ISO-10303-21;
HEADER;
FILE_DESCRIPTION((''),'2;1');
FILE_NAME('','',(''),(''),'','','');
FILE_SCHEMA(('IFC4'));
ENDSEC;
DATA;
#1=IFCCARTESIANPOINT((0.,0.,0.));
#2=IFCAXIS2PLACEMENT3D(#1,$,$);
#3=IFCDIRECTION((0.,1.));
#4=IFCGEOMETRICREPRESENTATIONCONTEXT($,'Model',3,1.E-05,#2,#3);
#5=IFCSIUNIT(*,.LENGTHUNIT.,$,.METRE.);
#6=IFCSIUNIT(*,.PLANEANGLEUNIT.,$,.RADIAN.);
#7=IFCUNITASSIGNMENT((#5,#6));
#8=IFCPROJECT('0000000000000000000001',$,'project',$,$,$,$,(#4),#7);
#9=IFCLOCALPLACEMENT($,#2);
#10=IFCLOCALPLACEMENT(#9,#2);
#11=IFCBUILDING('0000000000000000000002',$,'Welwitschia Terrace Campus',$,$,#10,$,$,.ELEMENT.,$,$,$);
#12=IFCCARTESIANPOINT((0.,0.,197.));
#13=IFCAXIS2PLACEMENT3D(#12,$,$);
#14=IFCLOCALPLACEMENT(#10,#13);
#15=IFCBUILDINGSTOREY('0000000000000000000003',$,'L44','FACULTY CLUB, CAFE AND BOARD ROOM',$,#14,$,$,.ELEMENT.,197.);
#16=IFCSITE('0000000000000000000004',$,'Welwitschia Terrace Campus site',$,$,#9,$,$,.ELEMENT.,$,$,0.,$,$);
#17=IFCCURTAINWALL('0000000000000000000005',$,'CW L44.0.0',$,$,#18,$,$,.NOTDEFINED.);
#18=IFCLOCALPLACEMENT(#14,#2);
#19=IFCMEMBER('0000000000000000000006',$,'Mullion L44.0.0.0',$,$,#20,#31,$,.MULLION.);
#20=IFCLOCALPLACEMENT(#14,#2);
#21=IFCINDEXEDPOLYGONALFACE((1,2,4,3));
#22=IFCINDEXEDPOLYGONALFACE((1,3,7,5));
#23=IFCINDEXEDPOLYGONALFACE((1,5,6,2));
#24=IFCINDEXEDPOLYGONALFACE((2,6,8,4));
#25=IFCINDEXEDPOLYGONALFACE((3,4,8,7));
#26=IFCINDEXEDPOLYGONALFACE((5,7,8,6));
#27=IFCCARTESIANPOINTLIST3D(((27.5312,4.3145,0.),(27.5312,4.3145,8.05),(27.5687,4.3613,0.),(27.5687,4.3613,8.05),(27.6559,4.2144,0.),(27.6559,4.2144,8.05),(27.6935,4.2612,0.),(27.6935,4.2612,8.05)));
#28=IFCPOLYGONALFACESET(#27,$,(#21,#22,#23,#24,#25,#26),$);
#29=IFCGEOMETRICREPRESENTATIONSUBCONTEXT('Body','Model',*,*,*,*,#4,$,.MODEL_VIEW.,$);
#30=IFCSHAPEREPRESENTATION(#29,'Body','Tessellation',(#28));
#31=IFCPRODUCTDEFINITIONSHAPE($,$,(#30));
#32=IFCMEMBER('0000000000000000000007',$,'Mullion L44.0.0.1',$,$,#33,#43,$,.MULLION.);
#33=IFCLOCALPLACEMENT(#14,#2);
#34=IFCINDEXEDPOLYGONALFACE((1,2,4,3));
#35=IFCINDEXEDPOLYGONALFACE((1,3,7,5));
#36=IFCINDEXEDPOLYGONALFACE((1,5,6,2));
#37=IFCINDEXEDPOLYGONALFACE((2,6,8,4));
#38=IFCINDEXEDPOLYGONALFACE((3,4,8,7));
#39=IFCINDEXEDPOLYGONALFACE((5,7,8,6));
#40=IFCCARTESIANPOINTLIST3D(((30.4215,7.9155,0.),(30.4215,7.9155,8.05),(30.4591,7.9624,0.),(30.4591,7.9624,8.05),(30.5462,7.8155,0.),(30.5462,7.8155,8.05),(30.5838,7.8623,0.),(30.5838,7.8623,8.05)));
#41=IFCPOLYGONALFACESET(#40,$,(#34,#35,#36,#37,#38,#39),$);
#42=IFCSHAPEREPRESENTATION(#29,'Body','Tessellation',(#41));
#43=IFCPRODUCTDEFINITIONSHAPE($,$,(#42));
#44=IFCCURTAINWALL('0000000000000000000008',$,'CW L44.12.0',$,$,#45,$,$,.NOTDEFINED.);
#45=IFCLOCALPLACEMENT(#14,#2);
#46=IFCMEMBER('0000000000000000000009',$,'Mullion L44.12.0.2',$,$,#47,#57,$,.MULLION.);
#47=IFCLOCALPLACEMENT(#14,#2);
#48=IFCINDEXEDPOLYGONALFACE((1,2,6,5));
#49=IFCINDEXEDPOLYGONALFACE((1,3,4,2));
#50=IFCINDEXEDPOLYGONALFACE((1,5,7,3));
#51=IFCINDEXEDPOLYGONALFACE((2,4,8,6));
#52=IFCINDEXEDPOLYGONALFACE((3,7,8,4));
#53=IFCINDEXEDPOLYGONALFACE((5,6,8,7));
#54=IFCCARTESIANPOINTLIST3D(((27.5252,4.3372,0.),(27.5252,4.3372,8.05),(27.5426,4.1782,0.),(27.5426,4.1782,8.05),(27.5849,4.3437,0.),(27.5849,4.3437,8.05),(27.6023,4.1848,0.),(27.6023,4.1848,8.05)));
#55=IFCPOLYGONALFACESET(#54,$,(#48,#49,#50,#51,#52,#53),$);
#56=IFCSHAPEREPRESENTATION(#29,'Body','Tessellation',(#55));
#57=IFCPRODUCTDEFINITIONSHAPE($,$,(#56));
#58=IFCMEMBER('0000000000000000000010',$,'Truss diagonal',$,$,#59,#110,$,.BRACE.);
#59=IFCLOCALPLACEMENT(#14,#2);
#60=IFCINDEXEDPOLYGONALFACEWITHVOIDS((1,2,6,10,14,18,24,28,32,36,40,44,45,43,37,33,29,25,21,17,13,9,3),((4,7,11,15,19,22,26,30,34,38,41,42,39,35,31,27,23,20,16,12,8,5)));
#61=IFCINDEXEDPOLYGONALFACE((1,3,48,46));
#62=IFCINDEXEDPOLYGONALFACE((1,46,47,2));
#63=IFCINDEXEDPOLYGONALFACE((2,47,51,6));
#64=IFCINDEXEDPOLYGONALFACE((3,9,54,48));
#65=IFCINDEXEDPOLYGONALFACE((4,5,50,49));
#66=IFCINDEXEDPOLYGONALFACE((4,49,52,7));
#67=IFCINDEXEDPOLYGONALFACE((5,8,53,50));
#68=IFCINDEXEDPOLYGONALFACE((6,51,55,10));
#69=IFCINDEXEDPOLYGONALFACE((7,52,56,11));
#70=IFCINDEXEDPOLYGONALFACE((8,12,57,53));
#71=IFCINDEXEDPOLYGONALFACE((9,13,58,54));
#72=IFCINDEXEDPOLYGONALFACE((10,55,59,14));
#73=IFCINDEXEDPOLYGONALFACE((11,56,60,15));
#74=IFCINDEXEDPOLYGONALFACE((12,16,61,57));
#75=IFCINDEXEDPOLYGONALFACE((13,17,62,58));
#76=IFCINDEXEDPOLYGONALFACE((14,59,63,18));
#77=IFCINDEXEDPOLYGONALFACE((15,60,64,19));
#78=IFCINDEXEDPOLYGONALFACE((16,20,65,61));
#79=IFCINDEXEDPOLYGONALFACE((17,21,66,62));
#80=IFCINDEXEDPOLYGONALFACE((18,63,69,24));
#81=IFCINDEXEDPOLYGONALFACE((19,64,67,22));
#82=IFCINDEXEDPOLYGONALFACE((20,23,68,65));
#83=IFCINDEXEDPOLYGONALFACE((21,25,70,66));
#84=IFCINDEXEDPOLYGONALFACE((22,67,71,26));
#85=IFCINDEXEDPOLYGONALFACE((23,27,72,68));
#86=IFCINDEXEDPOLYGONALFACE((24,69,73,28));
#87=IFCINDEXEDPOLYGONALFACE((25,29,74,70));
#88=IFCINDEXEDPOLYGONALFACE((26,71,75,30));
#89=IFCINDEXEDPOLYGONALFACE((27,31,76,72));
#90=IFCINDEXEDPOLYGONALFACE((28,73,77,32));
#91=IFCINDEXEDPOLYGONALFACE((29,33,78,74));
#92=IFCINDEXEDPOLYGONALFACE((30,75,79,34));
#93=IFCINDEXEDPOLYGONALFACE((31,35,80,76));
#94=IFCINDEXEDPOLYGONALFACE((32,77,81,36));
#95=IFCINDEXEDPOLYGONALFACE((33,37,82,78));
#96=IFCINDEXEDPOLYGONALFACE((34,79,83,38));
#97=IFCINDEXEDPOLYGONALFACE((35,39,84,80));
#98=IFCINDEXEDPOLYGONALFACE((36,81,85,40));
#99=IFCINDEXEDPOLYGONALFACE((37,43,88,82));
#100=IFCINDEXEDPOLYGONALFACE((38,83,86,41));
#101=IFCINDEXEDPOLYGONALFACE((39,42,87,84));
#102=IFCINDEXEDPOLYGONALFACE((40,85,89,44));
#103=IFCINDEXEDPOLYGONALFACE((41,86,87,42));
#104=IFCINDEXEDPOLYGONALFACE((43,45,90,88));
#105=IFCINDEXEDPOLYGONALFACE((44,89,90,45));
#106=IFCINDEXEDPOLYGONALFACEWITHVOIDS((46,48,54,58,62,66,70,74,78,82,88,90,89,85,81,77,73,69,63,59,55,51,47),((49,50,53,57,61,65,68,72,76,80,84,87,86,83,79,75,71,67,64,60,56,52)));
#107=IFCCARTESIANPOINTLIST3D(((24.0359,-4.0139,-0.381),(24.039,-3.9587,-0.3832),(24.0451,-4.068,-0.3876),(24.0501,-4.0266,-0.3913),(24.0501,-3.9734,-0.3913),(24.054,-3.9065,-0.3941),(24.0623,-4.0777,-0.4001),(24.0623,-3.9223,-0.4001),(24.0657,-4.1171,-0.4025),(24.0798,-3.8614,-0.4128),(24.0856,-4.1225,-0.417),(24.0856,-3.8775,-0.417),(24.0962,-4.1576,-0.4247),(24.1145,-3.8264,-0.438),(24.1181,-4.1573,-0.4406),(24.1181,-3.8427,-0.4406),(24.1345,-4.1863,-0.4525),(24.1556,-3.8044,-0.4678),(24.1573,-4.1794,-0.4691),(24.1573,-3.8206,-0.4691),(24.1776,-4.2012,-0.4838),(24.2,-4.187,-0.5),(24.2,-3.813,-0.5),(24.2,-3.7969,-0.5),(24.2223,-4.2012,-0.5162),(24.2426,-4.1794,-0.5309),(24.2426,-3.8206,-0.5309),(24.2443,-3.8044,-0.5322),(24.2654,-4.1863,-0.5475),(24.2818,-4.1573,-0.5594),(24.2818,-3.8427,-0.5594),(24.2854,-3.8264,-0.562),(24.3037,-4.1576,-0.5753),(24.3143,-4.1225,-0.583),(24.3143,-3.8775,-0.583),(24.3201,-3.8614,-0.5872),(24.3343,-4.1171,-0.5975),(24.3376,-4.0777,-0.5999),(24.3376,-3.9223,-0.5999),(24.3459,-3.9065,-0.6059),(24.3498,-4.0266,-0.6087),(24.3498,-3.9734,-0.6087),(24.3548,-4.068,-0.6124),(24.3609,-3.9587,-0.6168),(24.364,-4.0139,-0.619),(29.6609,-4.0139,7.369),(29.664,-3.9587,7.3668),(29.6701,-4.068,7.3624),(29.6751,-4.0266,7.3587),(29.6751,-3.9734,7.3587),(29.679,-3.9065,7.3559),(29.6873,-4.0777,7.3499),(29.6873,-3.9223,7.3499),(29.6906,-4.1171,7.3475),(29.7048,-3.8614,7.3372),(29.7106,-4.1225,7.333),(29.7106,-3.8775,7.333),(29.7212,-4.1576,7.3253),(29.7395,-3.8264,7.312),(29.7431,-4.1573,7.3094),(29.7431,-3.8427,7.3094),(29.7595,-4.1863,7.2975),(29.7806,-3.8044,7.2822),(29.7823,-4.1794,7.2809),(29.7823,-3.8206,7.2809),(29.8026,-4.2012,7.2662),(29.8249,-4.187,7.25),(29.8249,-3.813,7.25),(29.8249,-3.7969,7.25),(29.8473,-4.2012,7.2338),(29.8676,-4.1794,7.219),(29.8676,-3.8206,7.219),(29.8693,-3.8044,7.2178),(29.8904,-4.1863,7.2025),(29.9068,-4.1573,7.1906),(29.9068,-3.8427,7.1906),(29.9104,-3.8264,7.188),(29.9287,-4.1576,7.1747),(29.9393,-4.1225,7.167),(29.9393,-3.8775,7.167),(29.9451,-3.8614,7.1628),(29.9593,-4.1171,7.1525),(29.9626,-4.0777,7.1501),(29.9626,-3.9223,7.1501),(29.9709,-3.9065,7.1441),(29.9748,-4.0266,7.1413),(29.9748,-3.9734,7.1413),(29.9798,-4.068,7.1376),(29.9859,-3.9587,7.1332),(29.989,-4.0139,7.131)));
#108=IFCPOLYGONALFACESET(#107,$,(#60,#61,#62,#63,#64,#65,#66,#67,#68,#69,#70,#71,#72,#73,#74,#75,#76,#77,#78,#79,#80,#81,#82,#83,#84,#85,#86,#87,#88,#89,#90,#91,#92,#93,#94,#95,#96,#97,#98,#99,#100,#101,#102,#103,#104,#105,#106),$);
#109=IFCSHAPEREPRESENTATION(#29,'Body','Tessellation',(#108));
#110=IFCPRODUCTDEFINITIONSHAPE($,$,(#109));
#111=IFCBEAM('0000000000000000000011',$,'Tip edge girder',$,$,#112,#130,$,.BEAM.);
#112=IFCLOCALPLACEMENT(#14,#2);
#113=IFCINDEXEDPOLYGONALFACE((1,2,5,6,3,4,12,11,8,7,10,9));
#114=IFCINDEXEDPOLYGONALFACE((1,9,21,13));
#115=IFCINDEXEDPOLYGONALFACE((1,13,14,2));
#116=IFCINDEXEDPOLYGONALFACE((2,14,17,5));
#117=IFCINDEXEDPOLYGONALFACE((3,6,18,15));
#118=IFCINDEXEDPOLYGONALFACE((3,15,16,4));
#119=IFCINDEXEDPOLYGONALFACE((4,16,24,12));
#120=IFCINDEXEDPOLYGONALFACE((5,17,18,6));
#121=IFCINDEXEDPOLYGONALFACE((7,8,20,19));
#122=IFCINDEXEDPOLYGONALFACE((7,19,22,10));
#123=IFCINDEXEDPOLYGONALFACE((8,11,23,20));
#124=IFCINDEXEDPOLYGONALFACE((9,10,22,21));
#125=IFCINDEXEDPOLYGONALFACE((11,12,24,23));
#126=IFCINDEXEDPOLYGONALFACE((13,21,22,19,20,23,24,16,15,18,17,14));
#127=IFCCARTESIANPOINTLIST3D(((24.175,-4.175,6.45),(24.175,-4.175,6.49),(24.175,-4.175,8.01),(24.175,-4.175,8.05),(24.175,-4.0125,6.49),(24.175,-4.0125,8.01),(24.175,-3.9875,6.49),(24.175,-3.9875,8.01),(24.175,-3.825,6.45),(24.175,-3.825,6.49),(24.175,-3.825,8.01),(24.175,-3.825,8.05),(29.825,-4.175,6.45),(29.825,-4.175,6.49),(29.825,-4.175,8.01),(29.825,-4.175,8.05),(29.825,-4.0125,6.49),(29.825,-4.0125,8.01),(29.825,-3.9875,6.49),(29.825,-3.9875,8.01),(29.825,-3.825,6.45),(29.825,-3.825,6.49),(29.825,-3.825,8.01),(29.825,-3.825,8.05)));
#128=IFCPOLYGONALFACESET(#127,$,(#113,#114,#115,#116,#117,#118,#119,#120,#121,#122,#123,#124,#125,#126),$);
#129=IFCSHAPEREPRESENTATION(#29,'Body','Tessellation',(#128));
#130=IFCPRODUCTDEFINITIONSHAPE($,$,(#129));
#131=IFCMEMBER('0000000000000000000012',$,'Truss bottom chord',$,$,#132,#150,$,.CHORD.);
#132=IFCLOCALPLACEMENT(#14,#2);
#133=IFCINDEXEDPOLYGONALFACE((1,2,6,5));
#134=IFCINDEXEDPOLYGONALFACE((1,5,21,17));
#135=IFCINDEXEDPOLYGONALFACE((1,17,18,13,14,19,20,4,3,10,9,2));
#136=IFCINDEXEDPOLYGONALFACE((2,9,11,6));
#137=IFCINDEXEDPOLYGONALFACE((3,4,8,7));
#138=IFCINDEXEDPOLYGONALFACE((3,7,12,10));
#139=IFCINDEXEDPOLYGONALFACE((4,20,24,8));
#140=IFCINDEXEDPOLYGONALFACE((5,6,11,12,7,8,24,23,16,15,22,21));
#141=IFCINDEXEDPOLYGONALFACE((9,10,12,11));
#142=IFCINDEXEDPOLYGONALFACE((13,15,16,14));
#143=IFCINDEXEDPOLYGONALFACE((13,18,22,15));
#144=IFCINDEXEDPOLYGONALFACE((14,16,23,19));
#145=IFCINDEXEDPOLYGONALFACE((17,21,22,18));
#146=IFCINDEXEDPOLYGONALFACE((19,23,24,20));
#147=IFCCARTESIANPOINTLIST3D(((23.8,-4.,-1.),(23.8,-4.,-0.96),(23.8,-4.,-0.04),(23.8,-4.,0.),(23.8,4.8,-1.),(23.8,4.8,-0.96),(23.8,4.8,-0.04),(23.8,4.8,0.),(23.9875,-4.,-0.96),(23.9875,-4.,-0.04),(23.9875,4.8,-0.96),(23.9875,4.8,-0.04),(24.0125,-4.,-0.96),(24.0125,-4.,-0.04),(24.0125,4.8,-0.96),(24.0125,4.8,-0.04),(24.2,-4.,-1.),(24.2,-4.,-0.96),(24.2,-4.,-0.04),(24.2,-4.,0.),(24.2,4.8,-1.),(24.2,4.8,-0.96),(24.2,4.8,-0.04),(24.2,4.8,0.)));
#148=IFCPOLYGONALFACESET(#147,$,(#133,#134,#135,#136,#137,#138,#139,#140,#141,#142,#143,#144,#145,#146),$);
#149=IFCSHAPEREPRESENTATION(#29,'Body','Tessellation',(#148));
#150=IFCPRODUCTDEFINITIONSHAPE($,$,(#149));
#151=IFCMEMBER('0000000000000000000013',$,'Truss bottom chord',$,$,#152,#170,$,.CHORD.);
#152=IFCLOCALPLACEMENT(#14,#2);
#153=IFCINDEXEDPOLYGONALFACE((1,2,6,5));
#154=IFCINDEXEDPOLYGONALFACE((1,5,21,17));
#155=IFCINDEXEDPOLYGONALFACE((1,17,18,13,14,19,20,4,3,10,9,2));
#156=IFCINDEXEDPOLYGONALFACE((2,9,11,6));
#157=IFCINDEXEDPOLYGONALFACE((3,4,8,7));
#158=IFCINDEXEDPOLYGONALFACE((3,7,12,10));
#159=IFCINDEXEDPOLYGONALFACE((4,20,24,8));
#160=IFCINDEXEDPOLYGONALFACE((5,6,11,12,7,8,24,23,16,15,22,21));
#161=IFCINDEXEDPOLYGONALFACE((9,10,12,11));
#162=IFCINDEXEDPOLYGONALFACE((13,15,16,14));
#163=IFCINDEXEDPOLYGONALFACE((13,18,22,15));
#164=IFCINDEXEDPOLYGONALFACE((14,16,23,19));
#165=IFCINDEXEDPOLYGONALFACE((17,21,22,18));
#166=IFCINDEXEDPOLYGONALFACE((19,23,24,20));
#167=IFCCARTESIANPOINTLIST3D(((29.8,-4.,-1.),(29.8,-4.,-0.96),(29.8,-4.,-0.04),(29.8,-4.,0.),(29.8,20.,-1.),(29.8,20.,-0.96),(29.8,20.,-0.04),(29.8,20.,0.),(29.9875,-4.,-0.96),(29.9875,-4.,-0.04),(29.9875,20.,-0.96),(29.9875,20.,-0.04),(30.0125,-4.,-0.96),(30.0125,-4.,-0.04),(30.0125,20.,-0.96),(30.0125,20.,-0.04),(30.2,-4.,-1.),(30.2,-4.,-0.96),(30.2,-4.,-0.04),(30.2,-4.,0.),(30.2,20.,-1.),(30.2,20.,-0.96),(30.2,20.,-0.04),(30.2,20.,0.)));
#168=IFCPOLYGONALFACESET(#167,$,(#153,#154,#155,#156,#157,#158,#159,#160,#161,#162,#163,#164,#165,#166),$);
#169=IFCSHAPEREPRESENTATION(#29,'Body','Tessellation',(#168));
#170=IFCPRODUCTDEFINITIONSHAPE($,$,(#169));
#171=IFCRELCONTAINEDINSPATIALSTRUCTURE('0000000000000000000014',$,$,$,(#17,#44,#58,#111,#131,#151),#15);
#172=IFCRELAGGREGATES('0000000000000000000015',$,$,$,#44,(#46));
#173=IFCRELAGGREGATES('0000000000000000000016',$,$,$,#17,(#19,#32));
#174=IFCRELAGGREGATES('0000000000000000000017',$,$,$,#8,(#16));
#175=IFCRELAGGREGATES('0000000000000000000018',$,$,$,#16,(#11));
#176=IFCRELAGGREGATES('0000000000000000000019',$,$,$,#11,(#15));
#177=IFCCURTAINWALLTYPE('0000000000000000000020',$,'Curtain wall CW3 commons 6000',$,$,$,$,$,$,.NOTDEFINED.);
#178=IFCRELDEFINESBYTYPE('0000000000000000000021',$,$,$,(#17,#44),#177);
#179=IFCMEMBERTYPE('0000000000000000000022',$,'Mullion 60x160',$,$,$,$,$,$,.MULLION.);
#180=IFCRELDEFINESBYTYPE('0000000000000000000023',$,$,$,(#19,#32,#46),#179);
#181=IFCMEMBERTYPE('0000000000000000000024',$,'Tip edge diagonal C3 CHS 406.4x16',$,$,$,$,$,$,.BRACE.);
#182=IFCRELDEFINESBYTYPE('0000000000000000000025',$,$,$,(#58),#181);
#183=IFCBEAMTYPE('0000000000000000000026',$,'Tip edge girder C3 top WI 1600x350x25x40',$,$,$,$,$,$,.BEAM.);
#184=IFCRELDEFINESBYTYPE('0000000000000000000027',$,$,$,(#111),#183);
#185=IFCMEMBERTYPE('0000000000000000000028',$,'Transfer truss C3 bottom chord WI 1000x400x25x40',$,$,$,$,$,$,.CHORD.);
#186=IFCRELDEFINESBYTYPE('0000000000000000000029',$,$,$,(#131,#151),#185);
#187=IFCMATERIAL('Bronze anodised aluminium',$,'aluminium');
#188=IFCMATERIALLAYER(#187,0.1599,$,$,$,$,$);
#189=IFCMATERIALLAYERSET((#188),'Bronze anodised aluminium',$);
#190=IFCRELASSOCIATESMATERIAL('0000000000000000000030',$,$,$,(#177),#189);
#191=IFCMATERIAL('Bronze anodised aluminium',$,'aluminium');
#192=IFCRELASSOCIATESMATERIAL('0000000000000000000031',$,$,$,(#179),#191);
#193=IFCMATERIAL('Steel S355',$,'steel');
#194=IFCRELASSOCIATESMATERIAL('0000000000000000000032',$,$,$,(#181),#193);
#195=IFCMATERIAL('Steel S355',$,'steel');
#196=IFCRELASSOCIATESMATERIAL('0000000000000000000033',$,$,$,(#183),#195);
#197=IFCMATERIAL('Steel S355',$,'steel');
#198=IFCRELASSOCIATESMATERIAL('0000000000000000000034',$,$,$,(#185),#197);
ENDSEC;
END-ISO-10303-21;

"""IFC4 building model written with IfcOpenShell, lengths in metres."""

from ifc_helpers import new_model, si_unit, direction, frame, origin, origin_2d, place, context, subcontext, project, spatial, rectangle, hollow_circle, i_section, extrude, material, layer, layer_set, material_profile, profile_set, type_object, element, aggregate, save


model = new_model("IFC4")

# Units and contexts
model_context = context("Model", 3, precision=1e-05, world=origin(), true_north=direction((0.0, 1.0)))
body_context = subcontext(model_context, "Body", "Model", "MODEL_VIEW")
ifc_project = project(units=[si_unit("LENGTHUNIT", "METRE"), si_unit("PLANEANGLEUNIT", "RADIAN")], contexts=[model_context])

# Site, building, storey
site_placement = place(None, origin())
site = spatial("IfcSite", under=ifc_project, at=site_placement, Name="Welwitschia Terrace Campus site", CompositionType="ELEMENT", RefElevation=0.0)
building_placement = place(site_placement, origin())
building = spatial("IfcBuilding", under=site, at=building_placement, Name="Welwitschia Terrace Campus", CompositionType="ELEMENT")
storey_placement = place(building_placement, frame((0.0, 0.0, 197.0)))
storey = spatial("IfcBuildingStorey", under=building, at=storey_placement, Name="L44", Description="FACULTY CLUB, CAFE AND BOARD ROOM", CompositionType="ELEMENT", Elevation=197.0)

# Curtain wall, members
ifc_material_1 = material(Name="Bronze anodised aluminium", Category="aluminium")
ifc_layer_1 = layer(ifc_material_1, 0.1599)
ifc_layer_set_1 = layer_set([ifc_layer_1], Name="Bronze anodised aluminium")
curtain_wall_type = type_object("IfcCurtainWallType", Name="Curtain wall CW3 commons 6000", PredefinedType="NOTDEFINED", material=ifc_layer_set_1)
curtain_wall_1_placement = place(storey_placement, origin())
curtain_wall_1 = element("IfcCurtainWall", 1, at=curtain_wall_1_placement, inside=storey, type_object=curtain_wall_type, Name="CW L44.0.0", PredefinedType="NOTDEFINED")
ifc_material_2 = material(Name="Bronze anodised aluminium", Category="aluminium")
ifc_material_profile_1 = material_profile(ifc_material_2, rectangle(XDim=0.1599, YDim=0.0601, at=origin_2d()))
ifc_profile_set_1 = profile_set([ifc_material_profile_1], Name="Bronze anodised aluminium")
member_type_1 = type_object("IfcMemberType", Name="Mullion 60x160", PredefinedType="MULLION", material=ifc_profile_set_1)
member_1_placement = place(storey_placement, frame((27.6123, 4.2878, 0.0), z_axis=(0.0, 0.0, 1.0), x_axis=(-0.779884, 0.625923, 0.0)))
member_1 = element("IfcMember", 2, at=member_1_placement, type_object=member_type_1, Name="Mullion L44.0.0.0", PredefinedType="MULLION", context=body_context, shape_type="SweptSolid", body=[
    extrude(rectangle(XDim=0.1599, YDim=0.0601, at=origin_2d()), origin(), (0.0, 0.0, 1.0), 8.05),
])
member_2_placement = place(storey_placement, frame((30.5027, 7.8889, 0.0), z_axis=(0.0, 0.0, 1.0), x_axis=(-0.779884, 0.625923, 0.0)))
member_2 = element("IfcMember", 3, at=member_2_placement, type_object=member_type_1, Name="Mullion L44.0.0.1", PredefinedType="MULLION", context=body_context, shape_type="SweptSolid", body=[
    extrude(rectangle(XDim=0.1599, YDim=0.0601, at=origin_2d()), origin(), (0.0, 0.0, 1.0), 8.05),
])

# Curtain wall, member
curtain_wall_2_placement = place(storey_placement, origin())
curtain_wall_2 = element("IfcCurtainWall", 4, at=curtain_wall_2_placement, inside=storey, type_object=curtain_wall_type, Name="CW L44.12.0", PredefinedType="NOTDEFINED")
member_3_placement = place(storey_placement, frame((27.5637, 4.261, 0.0), z_axis=(0.0, 0.0, 1.0), x_axis=(-0.108867, 0.994056, 0.0)))
member_3 = element("IfcMember", 5, at=member_3_placement, type_object=member_type_1, Name="Mullion L44.12.0.2", PredefinedType="MULLION", context=body_context, shape_type="SweptSolid", body=[
    extrude(rectangle(XDim=0.1599, YDim=0.0601, at=origin_2d()), origin(), (0.0, 0.0, 1.0), 8.05),
])

# Member
ifc_material_3 = material(Name="Steel S355", Category="steel")
ifc_material_profile_2 = material_profile(ifc_material_3, hollow_circle(Radius=0.2031, WallThickness=0.0161, at=origin_2d()))
ifc_profile_set_2 = profile_set([ifc_material_profile_2], Name="Steel S355")
member_type_2 = type_object("IfcMemberType", Name="Tip edge diagonal C3 CHS 406.4x16", PredefinedType="BRACE", material=ifc_profile_set_2)
member_4_placement = place(storey_placement, frame((24.2, -4.0, -0.5), z_axis=(0.587395, 0.0, 0.8093), x_axis=(0.0, 1.0, 0.0)))
element("IfcMember", 6, at=member_4_placement, inside=storey, type_object=member_type_2, Name="Truss diagonal", PredefinedType="BRACE", context=body_context, shape_type="SweptSolid", body=[
    extrude(hollow_circle(Radius=0.2031, WallThickness=0.0161, at=origin_2d()), origin(), (0.0, 0.0, 1.0), 9.5762),
])

# Beam
ifc_material_4 = material(Name="Steel S355", Category="steel")
ifc_material_profile_3 = material_profile(ifc_material_4, i_section(OverallWidth=0.3501, OverallDepth=1.6001, WebThickness=0.0249, FlangeThickness=0.04, at=origin_2d()))
ifc_profile_set_3 = profile_set([ifc_material_profile_3], Name="Steel S355")
beam_type = type_object("IfcBeamType", Name="Tip edge girder C3 top WI 1600x350x25x40", PredefinedType="BEAM", material=ifc_profile_set_3)
beam_placement = place(storey_placement, frame((24.175, -4.0, 7.25), z_axis=(1.0, 0.0, 0.0), x_axis=(0.0, 1.0, 0.0)))
element("IfcBeam", 7, at=beam_placement, inside=storey, type_object=beam_type, Name="Tip edge girder", PredefinedType="BEAM", context=body_context, shape_type="SweptSolid", body=[
    extrude(i_section(OverallWidth=0.3501, OverallDepth=1.6001, WebThickness=0.0249, FlangeThickness=0.04, at=origin_2d()), origin(), (0.0, 0.0, 1.0), 5.6499),
])

# Members
ifc_material_5 = material(Name="Steel S355", Category="steel")
ifc_material_profile_4 = material_profile(ifc_material_5, i_section(OverallWidth=0.3999, OverallDepth=1.0, WebThickness=0.0249, FlangeThickness=0.04, at=origin_2d()))
ifc_profile_set_4 = profile_set([ifc_material_profile_4], Name="Steel S355")
member_type_3 = type_object("IfcMemberType", Name="Transfer truss C3 bottom chord WI 1000x400x25x40", PredefinedType="CHORD", material=ifc_profile_set_4)
member_5_placement = place(storey_placement, frame((24.0, -4.0, -0.5), z_axis=(0.0, 1.0, 0.0), x_axis=(-1.0, 0.0, 0.0)))
element("IfcMember", 8, at=member_5_placement, inside=storey, type_object=member_type_3, Name="Truss bottom chord", PredefinedType="CHORD", context=body_context, shape_type="SweptSolid", body=[
    extrude(i_section(OverallWidth=0.3999, OverallDepth=1.0, WebThickness=0.0249, FlangeThickness=0.04, at=origin_2d()), origin(), (0.0, 0.0, 1.0), 8.8),
])
member_6_placement = place(storey_placement, frame((30.0, -4.0, -0.5), z_axis=(0.0, 1.0, 0.0), x_axis=(-1.0, 0.0, 0.0)))
element("IfcMember", 9, at=member_6_placement, inside=storey, type_object=member_type_3, Name="Truss bottom chord", PredefinedType="CHORD", context=body_context, shape_type="SweptSolid", body=[
    extrude(i_section(OverallWidth=0.3999, OverallDepth=1.0, WebThickness=0.0249, FlangeThickness=0.04, at=origin_2d()), origin(), (0.0, 0.0, 1.0), 24.0),
])

aggregate(curtain_wall_2, [member_3])
aggregate(curtain_wall_1, [member_1, member_2])

save(model, "model.ifc")
